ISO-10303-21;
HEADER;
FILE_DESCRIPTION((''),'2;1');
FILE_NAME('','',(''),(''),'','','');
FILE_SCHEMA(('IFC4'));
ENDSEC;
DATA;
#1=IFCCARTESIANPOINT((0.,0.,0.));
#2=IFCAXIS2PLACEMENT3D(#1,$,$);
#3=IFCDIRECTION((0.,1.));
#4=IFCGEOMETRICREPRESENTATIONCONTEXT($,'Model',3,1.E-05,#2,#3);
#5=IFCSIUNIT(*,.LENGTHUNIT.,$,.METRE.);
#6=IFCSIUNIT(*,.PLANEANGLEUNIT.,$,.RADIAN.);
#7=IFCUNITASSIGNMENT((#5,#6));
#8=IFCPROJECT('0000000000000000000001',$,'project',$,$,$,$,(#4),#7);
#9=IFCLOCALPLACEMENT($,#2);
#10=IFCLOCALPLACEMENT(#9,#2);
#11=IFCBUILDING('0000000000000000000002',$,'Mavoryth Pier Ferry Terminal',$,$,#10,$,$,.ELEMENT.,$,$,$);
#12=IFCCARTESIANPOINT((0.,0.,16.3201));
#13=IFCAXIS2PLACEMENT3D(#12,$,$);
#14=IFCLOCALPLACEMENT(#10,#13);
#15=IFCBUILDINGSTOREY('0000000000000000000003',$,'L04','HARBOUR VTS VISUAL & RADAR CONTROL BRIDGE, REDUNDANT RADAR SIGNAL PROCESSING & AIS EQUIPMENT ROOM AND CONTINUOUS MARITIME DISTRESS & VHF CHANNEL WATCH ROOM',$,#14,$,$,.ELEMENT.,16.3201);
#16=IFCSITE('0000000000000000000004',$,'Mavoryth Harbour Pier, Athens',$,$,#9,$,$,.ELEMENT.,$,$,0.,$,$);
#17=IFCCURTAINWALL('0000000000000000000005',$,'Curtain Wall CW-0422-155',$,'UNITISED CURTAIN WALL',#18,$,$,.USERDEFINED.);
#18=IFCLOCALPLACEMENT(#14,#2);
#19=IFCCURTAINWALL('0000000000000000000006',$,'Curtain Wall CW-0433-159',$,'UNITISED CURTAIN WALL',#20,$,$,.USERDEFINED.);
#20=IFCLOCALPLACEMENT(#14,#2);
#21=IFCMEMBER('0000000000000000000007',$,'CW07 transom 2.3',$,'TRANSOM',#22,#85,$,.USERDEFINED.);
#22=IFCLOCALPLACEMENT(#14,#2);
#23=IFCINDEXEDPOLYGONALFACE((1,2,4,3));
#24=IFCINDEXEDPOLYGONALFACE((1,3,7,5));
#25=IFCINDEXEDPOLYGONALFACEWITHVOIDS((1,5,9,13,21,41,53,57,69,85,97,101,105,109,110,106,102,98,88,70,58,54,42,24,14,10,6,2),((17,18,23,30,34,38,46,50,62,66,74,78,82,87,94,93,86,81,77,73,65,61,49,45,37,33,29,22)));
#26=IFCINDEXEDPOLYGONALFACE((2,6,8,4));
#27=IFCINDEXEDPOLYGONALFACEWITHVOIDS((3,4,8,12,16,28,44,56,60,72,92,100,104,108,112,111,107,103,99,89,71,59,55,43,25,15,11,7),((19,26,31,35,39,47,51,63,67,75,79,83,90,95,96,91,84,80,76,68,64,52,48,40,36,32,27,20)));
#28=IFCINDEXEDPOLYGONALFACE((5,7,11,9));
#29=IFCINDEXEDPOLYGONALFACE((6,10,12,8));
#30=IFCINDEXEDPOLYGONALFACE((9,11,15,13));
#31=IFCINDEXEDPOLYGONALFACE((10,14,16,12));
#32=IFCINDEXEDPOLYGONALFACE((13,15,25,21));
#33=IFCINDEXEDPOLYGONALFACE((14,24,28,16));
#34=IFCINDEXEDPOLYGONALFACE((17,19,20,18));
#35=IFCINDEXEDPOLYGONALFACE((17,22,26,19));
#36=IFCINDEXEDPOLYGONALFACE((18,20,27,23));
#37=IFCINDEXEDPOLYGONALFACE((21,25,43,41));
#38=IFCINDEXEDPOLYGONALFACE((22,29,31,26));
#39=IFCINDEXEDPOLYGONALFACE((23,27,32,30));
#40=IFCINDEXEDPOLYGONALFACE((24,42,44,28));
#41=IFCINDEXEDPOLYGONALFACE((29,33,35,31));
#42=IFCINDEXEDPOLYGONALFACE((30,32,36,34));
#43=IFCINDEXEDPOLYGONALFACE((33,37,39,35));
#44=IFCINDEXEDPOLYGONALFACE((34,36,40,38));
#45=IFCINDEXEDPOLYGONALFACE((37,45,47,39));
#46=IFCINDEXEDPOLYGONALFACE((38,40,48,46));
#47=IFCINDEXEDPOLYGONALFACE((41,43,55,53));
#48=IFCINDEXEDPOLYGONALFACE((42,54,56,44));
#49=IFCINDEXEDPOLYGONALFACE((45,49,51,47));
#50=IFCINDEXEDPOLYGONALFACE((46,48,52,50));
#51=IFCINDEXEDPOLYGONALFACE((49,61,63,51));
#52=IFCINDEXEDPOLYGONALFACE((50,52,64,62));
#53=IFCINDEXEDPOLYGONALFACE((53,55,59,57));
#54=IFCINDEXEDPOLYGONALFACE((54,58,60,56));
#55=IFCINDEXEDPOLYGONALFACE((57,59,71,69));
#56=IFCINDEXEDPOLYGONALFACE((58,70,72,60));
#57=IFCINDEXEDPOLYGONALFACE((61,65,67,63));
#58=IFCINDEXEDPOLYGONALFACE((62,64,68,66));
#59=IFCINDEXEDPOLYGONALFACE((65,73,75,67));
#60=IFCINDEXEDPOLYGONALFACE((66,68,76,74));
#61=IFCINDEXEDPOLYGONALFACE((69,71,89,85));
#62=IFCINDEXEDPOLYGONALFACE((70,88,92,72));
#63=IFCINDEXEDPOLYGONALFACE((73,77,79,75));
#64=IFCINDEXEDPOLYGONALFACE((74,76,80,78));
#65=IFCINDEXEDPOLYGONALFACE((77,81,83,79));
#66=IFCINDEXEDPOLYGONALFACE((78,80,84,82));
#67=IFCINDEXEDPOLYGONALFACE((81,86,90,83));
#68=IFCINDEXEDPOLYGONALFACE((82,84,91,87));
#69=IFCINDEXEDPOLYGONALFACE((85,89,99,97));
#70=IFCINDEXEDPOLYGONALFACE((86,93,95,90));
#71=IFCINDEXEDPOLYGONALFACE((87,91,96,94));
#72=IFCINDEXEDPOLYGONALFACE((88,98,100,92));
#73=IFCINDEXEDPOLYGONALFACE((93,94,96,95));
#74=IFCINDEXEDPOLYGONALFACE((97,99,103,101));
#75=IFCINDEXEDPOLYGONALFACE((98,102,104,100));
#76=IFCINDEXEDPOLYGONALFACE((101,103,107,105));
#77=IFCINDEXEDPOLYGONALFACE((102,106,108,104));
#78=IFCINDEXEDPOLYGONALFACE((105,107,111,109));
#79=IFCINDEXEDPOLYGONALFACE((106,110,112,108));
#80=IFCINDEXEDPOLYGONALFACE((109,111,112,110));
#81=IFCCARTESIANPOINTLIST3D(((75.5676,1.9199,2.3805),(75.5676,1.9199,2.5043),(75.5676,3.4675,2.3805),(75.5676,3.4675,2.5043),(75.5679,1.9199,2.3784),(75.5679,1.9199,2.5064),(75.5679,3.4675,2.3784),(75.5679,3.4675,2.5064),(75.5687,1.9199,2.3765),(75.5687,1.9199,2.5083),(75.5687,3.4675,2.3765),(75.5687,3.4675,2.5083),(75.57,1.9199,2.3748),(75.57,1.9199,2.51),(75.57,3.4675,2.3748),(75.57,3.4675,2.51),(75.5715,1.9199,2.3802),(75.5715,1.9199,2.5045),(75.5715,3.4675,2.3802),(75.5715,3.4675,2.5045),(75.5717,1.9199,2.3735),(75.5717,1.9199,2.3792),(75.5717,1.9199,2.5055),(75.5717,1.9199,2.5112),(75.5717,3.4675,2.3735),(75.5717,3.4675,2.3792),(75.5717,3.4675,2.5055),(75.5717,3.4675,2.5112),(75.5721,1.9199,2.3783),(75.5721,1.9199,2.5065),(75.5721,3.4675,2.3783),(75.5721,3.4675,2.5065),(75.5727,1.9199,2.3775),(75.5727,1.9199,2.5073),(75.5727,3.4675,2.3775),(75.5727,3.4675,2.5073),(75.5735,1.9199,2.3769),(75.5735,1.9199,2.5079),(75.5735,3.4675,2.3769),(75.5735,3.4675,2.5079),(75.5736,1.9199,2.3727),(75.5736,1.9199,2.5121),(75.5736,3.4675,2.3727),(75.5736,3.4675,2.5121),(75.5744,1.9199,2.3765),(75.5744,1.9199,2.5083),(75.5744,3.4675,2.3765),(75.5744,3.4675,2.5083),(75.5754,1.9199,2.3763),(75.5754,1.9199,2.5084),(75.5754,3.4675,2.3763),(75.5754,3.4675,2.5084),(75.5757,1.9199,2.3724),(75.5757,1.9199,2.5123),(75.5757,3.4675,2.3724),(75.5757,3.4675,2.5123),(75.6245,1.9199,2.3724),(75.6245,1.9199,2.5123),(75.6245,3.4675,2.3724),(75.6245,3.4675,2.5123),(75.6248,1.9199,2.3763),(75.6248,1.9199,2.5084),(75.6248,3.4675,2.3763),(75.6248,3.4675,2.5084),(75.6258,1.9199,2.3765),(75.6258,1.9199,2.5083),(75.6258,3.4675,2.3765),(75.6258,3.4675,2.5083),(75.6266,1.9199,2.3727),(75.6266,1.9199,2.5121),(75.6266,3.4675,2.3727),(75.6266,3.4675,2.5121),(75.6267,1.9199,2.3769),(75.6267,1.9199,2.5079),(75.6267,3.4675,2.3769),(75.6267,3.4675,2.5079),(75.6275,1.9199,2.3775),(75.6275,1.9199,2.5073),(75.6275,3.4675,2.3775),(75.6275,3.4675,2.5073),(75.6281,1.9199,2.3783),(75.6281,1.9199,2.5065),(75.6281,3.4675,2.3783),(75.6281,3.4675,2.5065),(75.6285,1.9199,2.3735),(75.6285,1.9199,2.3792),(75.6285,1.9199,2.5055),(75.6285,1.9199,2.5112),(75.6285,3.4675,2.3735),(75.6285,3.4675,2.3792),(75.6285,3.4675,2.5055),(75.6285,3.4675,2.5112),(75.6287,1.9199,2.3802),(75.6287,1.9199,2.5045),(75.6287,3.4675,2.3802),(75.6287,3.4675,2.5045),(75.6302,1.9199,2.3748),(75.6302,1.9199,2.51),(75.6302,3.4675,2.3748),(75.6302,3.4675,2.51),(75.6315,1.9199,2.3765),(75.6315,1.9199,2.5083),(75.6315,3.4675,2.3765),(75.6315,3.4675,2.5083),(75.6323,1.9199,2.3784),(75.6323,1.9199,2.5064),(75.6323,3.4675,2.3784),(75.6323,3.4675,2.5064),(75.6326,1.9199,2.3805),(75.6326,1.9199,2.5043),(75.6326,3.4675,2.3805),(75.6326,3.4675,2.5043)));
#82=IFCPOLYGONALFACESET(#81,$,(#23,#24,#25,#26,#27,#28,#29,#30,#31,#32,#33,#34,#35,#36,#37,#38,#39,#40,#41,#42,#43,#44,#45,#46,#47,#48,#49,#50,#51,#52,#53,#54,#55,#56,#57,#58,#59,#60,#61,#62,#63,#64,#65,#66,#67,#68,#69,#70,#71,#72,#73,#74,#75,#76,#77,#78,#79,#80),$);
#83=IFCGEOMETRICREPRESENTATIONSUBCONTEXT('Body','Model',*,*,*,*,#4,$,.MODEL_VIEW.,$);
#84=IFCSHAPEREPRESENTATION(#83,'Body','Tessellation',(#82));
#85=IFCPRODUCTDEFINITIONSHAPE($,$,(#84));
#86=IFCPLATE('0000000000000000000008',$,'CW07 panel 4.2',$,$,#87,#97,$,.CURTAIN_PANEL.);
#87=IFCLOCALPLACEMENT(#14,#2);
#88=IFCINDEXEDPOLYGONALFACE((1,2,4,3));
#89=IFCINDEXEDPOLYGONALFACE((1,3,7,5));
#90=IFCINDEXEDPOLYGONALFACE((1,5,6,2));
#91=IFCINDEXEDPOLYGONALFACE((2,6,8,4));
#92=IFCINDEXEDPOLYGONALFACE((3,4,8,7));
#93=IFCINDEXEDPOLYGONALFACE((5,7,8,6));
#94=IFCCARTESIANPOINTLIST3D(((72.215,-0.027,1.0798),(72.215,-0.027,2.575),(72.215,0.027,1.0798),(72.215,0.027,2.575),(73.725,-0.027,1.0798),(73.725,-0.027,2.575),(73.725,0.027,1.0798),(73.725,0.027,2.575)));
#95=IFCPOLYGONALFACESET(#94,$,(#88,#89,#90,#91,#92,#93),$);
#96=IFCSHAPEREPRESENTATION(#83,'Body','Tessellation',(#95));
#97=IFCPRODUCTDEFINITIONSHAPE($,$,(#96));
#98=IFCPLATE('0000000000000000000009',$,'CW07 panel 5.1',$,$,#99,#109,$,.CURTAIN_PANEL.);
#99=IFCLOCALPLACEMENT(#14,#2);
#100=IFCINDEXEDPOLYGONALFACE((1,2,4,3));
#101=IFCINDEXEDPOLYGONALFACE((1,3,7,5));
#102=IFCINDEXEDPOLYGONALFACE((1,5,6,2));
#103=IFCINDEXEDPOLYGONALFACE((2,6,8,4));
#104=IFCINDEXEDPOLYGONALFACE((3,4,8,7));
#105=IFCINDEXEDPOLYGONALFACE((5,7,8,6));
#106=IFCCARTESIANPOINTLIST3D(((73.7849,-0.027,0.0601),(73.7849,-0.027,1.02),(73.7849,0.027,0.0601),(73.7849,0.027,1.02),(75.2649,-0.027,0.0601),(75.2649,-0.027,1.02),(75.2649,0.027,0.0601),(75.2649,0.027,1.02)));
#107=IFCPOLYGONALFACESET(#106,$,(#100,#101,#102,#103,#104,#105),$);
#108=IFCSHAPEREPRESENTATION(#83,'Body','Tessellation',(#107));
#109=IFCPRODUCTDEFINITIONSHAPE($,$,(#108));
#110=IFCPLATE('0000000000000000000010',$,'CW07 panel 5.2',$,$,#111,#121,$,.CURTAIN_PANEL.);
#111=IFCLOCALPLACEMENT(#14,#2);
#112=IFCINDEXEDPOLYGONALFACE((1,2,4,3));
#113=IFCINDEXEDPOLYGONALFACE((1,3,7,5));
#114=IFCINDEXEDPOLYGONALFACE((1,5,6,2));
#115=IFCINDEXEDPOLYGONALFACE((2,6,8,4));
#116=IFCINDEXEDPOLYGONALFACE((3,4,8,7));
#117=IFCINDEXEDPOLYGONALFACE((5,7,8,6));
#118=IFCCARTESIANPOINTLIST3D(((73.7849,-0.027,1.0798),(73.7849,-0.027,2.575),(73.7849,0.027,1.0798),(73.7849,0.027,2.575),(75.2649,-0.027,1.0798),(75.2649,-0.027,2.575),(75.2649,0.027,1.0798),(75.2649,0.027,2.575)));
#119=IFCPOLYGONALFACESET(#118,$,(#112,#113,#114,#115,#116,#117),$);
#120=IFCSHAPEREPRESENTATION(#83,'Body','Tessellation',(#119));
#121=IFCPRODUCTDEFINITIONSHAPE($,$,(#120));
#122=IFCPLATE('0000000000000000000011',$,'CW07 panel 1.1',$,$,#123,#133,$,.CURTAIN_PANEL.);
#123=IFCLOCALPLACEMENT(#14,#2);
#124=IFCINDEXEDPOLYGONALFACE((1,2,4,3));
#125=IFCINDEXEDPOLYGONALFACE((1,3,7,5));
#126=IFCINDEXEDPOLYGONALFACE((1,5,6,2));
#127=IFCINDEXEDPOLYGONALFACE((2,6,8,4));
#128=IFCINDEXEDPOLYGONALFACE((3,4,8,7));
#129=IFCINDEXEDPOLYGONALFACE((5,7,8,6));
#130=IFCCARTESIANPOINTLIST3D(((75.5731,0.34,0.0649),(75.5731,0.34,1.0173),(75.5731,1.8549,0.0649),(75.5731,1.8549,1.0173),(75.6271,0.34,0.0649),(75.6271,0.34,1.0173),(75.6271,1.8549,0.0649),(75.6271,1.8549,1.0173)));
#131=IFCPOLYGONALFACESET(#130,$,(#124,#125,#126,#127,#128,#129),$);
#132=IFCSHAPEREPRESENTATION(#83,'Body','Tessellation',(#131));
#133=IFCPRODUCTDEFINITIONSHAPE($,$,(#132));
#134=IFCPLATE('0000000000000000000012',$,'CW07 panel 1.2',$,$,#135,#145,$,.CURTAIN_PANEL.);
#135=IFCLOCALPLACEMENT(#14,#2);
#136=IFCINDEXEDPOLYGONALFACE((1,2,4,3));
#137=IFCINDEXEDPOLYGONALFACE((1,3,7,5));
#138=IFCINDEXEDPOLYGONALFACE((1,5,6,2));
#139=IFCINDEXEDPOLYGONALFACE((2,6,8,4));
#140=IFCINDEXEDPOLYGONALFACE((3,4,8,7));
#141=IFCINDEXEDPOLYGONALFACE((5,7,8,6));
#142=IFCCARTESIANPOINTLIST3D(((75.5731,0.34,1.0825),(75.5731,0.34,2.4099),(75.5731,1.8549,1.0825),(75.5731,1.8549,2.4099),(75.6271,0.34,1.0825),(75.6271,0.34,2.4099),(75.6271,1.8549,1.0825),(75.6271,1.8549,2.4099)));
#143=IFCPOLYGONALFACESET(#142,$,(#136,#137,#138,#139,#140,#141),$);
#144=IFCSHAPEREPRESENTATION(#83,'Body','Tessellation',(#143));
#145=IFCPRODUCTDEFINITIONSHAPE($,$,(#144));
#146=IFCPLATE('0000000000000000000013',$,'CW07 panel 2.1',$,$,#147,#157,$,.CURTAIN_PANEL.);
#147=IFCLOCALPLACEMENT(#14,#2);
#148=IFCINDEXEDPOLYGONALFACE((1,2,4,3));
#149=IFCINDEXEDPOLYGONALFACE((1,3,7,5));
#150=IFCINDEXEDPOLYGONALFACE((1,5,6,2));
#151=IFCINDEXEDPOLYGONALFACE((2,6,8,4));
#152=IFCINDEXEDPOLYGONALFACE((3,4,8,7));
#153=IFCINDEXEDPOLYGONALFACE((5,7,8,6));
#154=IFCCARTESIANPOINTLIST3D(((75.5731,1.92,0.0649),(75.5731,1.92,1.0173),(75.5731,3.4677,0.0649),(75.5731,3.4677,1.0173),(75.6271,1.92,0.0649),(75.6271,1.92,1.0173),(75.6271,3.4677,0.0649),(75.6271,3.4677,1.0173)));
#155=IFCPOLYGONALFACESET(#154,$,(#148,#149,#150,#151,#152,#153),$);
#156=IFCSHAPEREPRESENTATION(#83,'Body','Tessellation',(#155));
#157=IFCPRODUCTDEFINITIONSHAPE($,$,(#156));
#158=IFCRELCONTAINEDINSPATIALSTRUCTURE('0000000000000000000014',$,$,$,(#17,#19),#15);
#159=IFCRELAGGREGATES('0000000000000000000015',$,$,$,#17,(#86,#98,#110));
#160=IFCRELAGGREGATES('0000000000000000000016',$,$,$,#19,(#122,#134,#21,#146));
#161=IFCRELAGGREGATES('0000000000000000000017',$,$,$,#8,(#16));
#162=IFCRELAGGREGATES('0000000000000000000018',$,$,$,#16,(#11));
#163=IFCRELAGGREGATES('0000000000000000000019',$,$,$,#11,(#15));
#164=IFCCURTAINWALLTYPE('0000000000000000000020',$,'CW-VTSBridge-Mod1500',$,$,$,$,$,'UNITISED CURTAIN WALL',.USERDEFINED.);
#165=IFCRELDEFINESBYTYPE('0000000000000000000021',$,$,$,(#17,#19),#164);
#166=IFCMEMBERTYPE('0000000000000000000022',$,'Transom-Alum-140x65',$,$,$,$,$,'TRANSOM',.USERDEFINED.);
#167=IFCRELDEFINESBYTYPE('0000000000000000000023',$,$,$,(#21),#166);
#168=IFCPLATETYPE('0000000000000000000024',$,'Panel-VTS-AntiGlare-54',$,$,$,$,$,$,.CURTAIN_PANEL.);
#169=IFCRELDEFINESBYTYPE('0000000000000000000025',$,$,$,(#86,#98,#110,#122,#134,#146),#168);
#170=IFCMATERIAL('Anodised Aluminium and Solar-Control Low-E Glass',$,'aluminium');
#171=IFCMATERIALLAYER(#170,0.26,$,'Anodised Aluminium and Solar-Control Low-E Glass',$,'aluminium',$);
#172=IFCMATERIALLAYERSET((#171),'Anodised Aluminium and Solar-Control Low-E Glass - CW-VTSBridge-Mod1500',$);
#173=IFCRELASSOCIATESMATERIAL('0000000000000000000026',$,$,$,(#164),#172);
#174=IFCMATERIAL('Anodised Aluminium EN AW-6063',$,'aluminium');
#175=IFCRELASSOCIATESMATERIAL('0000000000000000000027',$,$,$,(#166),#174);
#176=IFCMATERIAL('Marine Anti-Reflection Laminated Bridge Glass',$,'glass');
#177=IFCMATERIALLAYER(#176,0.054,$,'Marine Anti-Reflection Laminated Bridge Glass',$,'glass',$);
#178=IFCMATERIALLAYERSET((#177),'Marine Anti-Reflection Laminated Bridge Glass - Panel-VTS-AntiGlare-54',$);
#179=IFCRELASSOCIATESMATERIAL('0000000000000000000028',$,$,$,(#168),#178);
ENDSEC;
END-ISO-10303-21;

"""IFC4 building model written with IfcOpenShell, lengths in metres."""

from ifc_helpers import new_model, si_unit, direction, frame, origin, origin_2d, place, context, subcontext, project, spatial, rectangle, hollow_rectangle, extrude, material, layer, layer_set, material_profile, profile_set, type_object, element, aggregate, save


model = new_model("IFC4")

# Units and contexts
model_context = context("Model", 3, precision=1e-05, world=origin(), true_north=direction((0.0, 1.0)))
body_context = subcontext(model_context, "Body", "Model", "MODEL_VIEW")
ifc_project = project(units=[si_unit("LENGTHUNIT", "METRE"), si_unit("PLANEANGLEUNIT", "RADIAN")], contexts=[model_context])

# Site, building, storey
site_placement = place(None, origin())
site = spatial("IfcSite", under=ifc_project, at=site_placement, Name="Mavoryth Harbour Pier, Athens", CompositionType="ELEMENT", RefElevation=0.0)
building_placement = place(site_placement, origin())
building = spatial("IfcBuilding", under=site, at=building_placement, Name="Mavoryth Pier Ferry Terminal", CompositionType="ELEMENT")
storey_placement = place(building_placement, frame((0.0, 0.0, 16.3201)))
storey = spatial("IfcBuildingStorey", under=building, at=storey_placement, Name="L04", Description="HARBOUR VTS VISUAL & RADAR CONTROL BRIDGE, REDUNDANT RADAR SIGNAL PROCESSING & AIS EQUIPMENT ROOM AND CONTINUOUS MARITIME DISTRESS & VHF CHANNEL WATCH ROOM", CompositionType="ELEMENT", Elevation=16.3201)

# Curtain walls
ifc_material_1 = material(Name="Anodised Aluminium and Solar-Control Low-E Glass", Category="aluminium")
ifc_layer_1 = layer(ifc_material_1, 0.26, Name="Anodised Aluminium and Solar-Control Low-E Glass", Category="aluminium")
ifc_layer_set_1 = layer_set([ifc_layer_1], Name="Anodised Aluminium and Solar-Control Low-E Glass - CW-VTSBridge-Mod1500")
curtain_wall_type = type_object("IfcCurtainWallType", Name="CW-VTSBridge-Mod1500", ElementType="UNITISED CURTAIN WALL", PredefinedType="USERDEFINED", material=ifc_layer_set_1)
curtain_wall_1_placement = place(storey_placement, origin())
curtain_wall_1 = element("IfcCurtainWall", 1, at=curtain_wall_1_placement, inside=storey, type_object=curtain_wall_type, Name="Curtain Wall CW-0422-155", ObjectType="UNITISED CURTAIN WALL", PredefinedType="USERDEFINED")
ifc_material_2 = material(Name="Anodised Aluminium EN AW-6063", Category="aluminium")
curtain_wall_2_placement = place(storey_placement, origin())
curtain_wall_2 = element("IfcCurtainWall", 2, at=curtain_wall_2_placement, inside=storey, type_object=curtain_wall_type, Name="Curtain Wall CW-0433-159", ObjectType="UNITISED CURTAIN WALL", PredefinedType="USERDEFINED")

# Member
ifc_material_profile_1 = material_profile(ifc_material_2, hollow_rectangle(XDim=0.0649, YDim=0.1399, WallThickness=0.0039, InnerFilletRadius=0.0039, OuterFilletRadius=0.0081, at=origin_2d()), Name="AL-TRAN 140x65x4", Category="aluminium")
ifc_profile_set_1 = profile_set([ifc_material_profile_1], Name="Anodised Aluminium EN AW-6063 - AL-TRAN 140x65x4")
member_type_1 = type_object("IfcMemberType", Name="Transom-Alum-140x65", ElementType="TRANSOM", PredefinedType="USERDEFINED", material=ifc_profile_set_1)
member_1_placement = place(storey_placement, frame((75.6001, 1.9199, 2.4424), z_axis=(0.0, 1.0, 0.0), x_axis=(-1.0, 0.0, 0.0)))
member_1 = element("IfcMember", 3, at=member_1_placement, type_object=member_type_1, Name="CW07 transom 2.3", ObjectType="TRANSOM", PredefinedType="USERDEFINED", context=body_context, shape_type="SweptSolid", body=[
    extrude(hollow_rectangle(XDim=0.0649, YDim=0.1399, WallThickness=0.0039, InnerFilletRadius=0.0039, OuterFilletRadius=0.0081, at=origin_2d()), origin(), (0.0, 0.0, 1.0), 1.5476),
])

# Plates
ifc_material_3 = material(Name="Marine Anti-Reflection Laminated Bridge Glass", Category="glass")
ifc_layer_2 = layer(ifc_material_3, 0.054, Name="Marine Anti-Reflection Laminated Bridge Glass", Category="glass")
ifc_layer_set_2 = layer_set([ifc_layer_2], Name="Marine Anti-Reflection Laminated Bridge Glass - Panel-VTS-AntiGlare-54")
plate_type = type_object("IfcPlateType", Name="Panel-VTS-AntiGlare-54", PredefinedType="CURTAIN_PANEL", material=ifc_layer_set_2)
plate_1_placement = place(storey_placement, frame((72.97, 0.0, 1.0798), z_axis=(0.0, 0.0, 1.0), x_axis=(1.0, 0.0, 0.0)))
plate_1 = element("IfcPlate", 4, at=plate_1_placement, type_object=plate_type, Name="CW07 panel 4.2", PredefinedType="CURTAIN_PANEL", context=body_context, shape_type="SweptSolid", body=[
    extrude(rectangle(XDim=1.51, YDim=0.054, at=origin_2d()), origin(), (0.0, 0.0, 1.0), 1.4951),
])
plate_2_placement = place(storey_placement, frame((74.5249, 0.0, 0.0601), z_axis=(0.0, 0.0, 1.0), x_axis=(1.0, 0.0, 0.0)))
plate_2 = element("IfcPlate", 5, at=plate_2_placement, type_object=plate_type, Name="CW07 panel 5.1", PredefinedType="CURTAIN_PANEL", context=body_context, shape_type="SweptSolid", body=[
    extrude(rectangle(XDim=1.48, YDim=0.054, at=origin_2d()), origin(), (0.0, 0.0, 1.0), 0.96),
])
plate_3_placement = place(storey_placement, frame((74.5249, 0.0, 1.0798), z_axis=(0.0, 0.0, 1.0), x_axis=(1.0, 0.0, 0.0)))
plate_3 = element("IfcPlate", 6, at=plate_3_placement, type_object=plate_type, Name="CW07 panel 5.2", PredefinedType="CURTAIN_PANEL", context=body_context, shape_type="SweptSolid", body=[
    extrude(rectangle(XDim=1.48, YDim=0.054, at=origin_2d()), origin(), (0.0, 0.0, 1.0), 1.4951),
])
aggregate(curtain_wall_1, [plate_1, plate_2, plate_3])
plate_4_placement = place(storey_placement, frame((75.6001, 1.0974, 0.0649), z_axis=(0.0, 0.0, 1.0), x_axis=(0.0, 1.0, 0.0)))
plate_4 = element("IfcPlate", 7, at=plate_4_placement, type_object=plate_type, Name="CW07 panel 1.1", PredefinedType="CURTAIN_PANEL", context=body_context, shape_type="SweptSolid", body=[
    extrude(rectangle(XDim=1.5149, YDim=0.054, at=origin_2d()), origin(), (0.0, 0.0, 1.0), 0.9524),
])
plate_5_placement = place(storey_placement, frame((75.6001, 1.0974, 1.0825), z_axis=(0.0, 0.0, 1.0), x_axis=(0.0, 1.0, 0.0)))
plate_5 = element("IfcPlate", 8, at=plate_5_placement, type_object=plate_type, Name="CW07 panel 1.2", PredefinedType="CURTAIN_PANEL", context=body_context, shape_type="SweptSolid", body=[
    extrude(rectangle(XDim=1.5149, YDim=0.054, at=origin_2d()), origin(), (0.0, 0.0, 1.0), 1.3274),
])
plate_6_placement = place(storey_placement, frame((75.6001, 2.6938, 0.0649), z_axis=(0.0, 0.0, 1.0), x_axis=(0.0, 1.0, 0.0)))
plate_6 = element("IfcPlate", 9, at=plate_6_placement, type_object=plate_type, Name="CW07 panel 2.1", PredefinedType="CURTAIN_PANEL", context=body_context, shape_type="SweptSolid", body=[
    extrude(rectangle(XDim=1.5476, YDim=0.054, at=origin_2d()), origin(), (0.0, 0.0, 1.0), 0.9524),
])
aggregate(curtain_wall_2, [plate_4, plate_5, member_1, plate_6])

save(model, "model.ifc")
